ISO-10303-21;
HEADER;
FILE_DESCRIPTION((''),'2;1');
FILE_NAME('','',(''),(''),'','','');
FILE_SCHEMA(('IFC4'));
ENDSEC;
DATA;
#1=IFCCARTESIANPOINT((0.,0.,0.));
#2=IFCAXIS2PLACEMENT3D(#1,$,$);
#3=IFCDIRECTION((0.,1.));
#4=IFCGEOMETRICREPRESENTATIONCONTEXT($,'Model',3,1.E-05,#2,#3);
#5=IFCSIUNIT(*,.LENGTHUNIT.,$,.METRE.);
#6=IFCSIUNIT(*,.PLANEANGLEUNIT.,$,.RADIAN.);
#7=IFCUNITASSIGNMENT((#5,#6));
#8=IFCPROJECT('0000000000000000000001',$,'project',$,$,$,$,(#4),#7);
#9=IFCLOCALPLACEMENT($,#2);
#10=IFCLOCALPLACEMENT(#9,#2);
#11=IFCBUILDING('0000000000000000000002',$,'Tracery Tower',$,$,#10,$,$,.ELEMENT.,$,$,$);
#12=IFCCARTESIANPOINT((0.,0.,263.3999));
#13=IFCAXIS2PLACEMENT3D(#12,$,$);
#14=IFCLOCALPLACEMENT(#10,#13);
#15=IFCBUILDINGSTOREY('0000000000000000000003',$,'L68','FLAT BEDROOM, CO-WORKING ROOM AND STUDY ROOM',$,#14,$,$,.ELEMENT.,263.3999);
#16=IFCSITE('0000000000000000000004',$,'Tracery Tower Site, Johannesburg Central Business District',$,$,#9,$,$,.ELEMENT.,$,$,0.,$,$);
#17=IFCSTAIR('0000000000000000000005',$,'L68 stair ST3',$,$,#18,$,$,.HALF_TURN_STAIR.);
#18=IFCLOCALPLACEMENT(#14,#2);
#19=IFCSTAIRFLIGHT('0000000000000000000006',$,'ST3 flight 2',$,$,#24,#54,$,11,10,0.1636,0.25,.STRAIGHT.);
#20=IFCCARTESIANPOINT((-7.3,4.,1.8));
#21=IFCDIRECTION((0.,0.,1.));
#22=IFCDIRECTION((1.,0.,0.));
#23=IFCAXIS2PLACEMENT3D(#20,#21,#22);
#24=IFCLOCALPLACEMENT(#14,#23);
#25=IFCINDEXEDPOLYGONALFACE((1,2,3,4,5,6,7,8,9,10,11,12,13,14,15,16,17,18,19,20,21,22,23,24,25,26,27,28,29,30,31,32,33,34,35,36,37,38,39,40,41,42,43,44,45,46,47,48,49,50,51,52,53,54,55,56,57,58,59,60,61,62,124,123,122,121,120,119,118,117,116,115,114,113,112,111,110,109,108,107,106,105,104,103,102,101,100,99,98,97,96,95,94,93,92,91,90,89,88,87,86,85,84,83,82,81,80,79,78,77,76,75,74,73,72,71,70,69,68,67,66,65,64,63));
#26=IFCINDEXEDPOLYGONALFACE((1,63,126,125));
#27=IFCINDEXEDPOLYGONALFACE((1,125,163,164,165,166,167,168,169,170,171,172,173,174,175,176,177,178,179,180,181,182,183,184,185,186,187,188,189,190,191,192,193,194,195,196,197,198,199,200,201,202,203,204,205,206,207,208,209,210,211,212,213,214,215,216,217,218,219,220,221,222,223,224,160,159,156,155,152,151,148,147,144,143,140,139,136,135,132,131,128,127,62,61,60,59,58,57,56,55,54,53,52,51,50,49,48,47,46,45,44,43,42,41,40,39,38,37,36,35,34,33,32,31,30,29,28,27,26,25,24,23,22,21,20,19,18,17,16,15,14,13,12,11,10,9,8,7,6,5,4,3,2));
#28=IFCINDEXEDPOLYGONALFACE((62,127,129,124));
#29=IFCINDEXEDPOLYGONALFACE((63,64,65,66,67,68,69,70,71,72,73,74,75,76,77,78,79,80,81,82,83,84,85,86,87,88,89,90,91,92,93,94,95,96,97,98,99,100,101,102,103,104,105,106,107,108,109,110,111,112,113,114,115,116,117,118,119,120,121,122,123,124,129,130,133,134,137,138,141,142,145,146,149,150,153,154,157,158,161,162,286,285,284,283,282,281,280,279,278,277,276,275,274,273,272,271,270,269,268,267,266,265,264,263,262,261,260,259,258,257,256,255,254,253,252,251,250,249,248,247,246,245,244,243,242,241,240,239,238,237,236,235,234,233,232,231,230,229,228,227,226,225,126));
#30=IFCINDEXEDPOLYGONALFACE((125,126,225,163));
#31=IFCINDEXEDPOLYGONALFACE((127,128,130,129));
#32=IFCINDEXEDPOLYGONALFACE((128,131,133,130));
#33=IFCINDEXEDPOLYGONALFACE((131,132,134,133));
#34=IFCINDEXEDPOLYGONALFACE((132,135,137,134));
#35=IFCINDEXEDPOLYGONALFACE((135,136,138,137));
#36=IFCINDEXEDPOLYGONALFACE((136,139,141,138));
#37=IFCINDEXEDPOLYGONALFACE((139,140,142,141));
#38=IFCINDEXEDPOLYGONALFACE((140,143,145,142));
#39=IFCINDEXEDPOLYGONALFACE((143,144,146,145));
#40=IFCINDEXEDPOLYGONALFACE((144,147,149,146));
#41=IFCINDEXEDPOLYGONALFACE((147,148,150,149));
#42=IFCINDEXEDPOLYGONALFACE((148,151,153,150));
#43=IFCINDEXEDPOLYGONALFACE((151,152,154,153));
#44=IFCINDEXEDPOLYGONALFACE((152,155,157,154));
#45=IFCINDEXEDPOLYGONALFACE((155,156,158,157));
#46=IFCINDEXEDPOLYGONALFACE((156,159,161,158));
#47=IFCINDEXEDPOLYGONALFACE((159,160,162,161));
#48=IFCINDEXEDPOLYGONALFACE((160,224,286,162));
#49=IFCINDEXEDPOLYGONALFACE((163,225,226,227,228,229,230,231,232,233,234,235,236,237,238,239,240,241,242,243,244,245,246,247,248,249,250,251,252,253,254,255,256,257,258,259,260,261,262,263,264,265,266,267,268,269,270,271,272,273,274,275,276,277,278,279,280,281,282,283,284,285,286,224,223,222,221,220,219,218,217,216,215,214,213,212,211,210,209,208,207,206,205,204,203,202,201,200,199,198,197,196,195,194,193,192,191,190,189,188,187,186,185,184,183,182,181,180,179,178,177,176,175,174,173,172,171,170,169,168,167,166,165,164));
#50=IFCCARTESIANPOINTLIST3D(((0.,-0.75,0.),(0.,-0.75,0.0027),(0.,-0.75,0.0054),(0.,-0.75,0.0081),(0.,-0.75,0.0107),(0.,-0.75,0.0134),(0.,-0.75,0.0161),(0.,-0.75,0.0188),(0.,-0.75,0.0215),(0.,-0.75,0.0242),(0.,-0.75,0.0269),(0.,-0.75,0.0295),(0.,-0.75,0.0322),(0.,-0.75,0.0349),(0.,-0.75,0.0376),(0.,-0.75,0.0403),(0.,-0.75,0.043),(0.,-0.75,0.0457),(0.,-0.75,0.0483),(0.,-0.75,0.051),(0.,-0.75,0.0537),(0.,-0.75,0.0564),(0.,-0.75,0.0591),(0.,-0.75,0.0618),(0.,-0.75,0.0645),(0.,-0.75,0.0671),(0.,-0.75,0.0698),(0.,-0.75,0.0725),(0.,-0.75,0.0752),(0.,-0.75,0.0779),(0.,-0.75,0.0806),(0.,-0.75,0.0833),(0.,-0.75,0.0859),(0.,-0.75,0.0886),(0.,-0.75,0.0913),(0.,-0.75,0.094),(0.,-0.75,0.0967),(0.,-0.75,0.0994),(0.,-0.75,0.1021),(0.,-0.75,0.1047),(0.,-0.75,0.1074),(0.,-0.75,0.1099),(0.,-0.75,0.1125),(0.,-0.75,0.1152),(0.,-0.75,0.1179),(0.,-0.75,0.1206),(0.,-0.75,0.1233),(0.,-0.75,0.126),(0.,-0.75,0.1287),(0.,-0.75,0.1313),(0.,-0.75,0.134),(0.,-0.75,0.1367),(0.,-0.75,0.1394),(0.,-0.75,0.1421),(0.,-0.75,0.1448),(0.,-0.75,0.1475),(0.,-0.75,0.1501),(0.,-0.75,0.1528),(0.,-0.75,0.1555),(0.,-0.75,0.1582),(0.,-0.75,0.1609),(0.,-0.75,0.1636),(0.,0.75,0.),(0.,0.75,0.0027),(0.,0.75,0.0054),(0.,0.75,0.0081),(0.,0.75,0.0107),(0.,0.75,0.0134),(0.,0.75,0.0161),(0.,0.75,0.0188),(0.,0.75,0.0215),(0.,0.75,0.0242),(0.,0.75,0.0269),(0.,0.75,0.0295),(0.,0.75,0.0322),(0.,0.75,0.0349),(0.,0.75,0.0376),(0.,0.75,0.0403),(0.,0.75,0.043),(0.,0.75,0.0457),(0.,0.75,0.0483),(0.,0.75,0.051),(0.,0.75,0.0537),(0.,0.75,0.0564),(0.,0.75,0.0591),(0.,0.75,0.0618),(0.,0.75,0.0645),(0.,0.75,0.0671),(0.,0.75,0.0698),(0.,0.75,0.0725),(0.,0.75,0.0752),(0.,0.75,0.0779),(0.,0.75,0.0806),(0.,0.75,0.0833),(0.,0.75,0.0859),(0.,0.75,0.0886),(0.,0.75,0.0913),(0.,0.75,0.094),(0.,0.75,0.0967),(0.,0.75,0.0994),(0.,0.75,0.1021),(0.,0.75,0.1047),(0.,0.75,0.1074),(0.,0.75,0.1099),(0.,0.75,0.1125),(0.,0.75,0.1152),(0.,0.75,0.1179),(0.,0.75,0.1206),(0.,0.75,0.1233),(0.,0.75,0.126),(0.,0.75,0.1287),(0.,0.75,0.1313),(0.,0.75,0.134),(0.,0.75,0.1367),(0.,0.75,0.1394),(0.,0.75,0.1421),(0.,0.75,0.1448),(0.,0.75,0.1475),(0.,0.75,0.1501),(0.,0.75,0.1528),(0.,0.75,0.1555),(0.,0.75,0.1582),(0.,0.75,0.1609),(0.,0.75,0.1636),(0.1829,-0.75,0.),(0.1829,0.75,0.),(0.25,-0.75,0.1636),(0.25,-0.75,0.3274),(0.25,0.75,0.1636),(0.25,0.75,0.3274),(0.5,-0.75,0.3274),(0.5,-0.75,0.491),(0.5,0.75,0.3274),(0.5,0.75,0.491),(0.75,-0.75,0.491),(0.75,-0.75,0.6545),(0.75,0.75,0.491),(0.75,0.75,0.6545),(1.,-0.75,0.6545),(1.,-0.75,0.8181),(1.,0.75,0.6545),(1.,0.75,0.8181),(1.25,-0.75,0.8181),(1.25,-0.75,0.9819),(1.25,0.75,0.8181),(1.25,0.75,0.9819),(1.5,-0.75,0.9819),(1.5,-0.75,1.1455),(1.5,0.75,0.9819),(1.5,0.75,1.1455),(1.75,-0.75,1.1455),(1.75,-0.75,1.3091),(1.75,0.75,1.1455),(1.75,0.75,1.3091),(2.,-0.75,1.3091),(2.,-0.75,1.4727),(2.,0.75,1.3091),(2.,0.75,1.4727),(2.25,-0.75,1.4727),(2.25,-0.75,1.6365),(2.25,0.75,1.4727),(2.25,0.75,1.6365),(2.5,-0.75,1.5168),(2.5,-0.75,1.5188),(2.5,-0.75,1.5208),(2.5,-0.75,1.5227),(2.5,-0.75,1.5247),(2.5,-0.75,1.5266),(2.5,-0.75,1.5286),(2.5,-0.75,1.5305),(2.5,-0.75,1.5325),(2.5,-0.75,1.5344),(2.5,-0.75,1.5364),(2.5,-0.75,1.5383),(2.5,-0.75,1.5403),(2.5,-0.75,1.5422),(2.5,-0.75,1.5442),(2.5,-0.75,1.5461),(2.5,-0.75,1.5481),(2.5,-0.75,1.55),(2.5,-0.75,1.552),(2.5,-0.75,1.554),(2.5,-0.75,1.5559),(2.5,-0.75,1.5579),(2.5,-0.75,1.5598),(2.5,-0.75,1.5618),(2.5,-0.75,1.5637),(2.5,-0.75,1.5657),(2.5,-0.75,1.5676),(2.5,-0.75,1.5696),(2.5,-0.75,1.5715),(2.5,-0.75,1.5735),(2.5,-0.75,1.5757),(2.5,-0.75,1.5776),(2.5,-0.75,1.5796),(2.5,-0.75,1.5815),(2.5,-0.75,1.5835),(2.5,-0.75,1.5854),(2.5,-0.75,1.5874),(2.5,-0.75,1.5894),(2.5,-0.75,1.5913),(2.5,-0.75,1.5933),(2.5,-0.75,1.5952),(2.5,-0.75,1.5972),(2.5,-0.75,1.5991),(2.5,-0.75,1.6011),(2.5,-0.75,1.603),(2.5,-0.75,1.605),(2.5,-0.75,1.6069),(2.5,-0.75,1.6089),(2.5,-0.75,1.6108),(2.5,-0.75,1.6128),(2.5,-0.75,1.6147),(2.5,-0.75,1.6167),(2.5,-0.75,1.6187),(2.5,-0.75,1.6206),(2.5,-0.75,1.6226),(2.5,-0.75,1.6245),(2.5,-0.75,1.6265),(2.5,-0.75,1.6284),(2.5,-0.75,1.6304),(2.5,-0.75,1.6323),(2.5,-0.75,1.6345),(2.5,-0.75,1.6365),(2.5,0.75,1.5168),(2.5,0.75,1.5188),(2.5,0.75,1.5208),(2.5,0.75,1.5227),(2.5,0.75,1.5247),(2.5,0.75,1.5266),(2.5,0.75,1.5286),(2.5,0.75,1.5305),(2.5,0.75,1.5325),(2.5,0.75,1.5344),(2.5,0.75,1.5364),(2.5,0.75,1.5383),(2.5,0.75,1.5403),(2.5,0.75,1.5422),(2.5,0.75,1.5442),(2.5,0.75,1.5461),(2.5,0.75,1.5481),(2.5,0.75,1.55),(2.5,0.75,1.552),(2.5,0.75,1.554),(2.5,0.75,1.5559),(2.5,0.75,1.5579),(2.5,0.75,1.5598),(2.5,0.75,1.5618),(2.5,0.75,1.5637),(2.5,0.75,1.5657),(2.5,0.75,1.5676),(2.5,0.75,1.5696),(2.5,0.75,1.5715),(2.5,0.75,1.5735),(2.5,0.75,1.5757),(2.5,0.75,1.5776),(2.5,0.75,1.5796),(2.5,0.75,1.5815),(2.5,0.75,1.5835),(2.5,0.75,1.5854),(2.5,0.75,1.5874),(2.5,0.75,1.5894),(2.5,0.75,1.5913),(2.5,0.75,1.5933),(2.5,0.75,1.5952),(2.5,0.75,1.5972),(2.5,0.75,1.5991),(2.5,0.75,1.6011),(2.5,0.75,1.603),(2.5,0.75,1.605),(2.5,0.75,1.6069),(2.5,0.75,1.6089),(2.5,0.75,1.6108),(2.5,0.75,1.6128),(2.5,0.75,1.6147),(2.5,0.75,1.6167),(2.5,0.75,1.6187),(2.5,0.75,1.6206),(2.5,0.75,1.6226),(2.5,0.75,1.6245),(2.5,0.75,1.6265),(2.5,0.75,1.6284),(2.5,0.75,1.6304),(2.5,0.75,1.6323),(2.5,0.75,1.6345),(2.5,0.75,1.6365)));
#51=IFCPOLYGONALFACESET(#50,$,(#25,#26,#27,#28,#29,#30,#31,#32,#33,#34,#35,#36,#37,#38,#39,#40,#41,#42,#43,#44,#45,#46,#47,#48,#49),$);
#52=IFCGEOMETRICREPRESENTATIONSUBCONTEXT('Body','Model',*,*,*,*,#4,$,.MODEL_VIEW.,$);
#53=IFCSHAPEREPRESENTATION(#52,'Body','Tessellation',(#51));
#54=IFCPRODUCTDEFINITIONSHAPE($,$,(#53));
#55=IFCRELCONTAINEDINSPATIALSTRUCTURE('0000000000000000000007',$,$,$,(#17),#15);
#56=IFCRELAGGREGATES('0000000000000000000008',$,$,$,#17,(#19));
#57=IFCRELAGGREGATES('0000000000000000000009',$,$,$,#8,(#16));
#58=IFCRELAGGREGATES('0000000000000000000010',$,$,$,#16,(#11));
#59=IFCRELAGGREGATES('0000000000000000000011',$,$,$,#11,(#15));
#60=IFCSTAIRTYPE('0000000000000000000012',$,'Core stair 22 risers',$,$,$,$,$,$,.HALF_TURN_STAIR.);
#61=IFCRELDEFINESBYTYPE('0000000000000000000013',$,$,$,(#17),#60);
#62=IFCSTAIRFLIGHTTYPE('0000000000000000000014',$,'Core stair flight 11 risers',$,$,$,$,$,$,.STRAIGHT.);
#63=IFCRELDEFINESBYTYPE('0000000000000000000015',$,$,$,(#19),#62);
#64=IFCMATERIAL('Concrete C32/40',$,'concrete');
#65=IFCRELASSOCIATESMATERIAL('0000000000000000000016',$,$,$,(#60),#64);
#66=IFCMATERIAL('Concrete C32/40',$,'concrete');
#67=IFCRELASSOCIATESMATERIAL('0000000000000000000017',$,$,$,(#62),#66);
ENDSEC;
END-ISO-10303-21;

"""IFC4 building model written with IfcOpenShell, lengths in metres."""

from ifc_helpers import new_model, si_unit, direction, frame, origin, place, context, subcontext, project, spatial, polyline, outline, extrude, material, type_object, element, aggregate, save


model = new_model("IFC4")

# Units and contexts
model_context = context("Model", 3, precision=1e-05, world=origin(), true_north=direction((0.0, 1.0)))
body_context = subcontext(model_context, "Body", "Model", "MODEL_VIEW")
ifc_project = project(units=[si_unit("LENGTHUNIT", "METRE"), si_unit("PLANEANGLEUNIT", "RADIAN")], contexts=[model_context])

# Site, building, storey
site_placement = place(None, origin())
site = spatial("IfcSite", under=ifc_project, at=site_placement, Name="Tracery Tower Site, Johannesburg Central Business District", CompositionType="ELEMENT", RefElevation=0.0)
building_placement = place(site_placement, origin())
building = spatial("IfcBuilding", under=site, at=building_placement, Name="Tracery Tower", CompositionType="ELEMENT")
storey_placement = place(building_placement, frame((0.0, 0.0, 263.3999)))
storey = spatial("IfcBuildingStorey", under=building, at=storey_placement, Name="L68", Description="FLAT BEDROOM, CO-WORKING ROOM AND STUDY ROOM", CompositionType="ELEMENT", Elevation=263.3999)

# Stair, stair flight
ifc_material_1 = material(Name="Concrete C32/40", Category="concrete")
stair_type = type_object("IfcStairType", Name="Core stair 22 risers", PredefinedType="HALF_TURN_STAIR", material=ifc_material_1)
stair_placement = place(storey_placement, origin())
stair = element("IfcStair", 1, at=stair_placement, inside=storey, type_object=stair_type, Name="L68 stair ST3", PredefinedType="HALF_TURN_STAIR")
ifc_material_2 = material(Name="Concrete C32/40", Category="concrete")
stair_flight_type = type_object("IfcStairFlightType", Name="Core stair flight 11 risers", PredefinedType="STRAIGHT", material=ifc_material_2)
stair_flight_1_placement = place(storey_placement, frame((-7.3, 4.0, 1.8), z_axis=(0.0, 0.0, 1.0), x_axis=(1.0, 0.0, 0.0)))
stair_flight_1 = element("IfcStairFlight", 2, at=stair_flight_1_placement, type_object=stair_flight_type, Name="ST3 flight 2", NumberOfRisers=11, NumberOfTreads=10, PredefinedType="STRAIGHT", RiserHeight=0.1636, TreadLength=0.25, context=body_context, shape_type="SweptSolid", body=[
    extrude(outline(polyline([(0.0, 0.0), (0.0, 0.0027), (0.0, 0.0054), (0.0, 0.0081), (0.0, 0.0107), (0.0, 0.0134), (0.0, 0.0161), (0.0, 0.0188), (0.0, 0.0215), (0.0, 0.0242), (0.0, 0.0269), (0.0, 0.0295), (0.0, 0.0322), (0.0, 0.0349), (0.0, 0.0376), (0.0, 0.0403), (0.0, 0.043), (0.0, 0.0457), (0.0, 0.0483), (0.0, 0.051), (0.0, 0.0537), (0.0, 0.0564), (0.0, 0.0591), (0.0, 0.0618), (0.0, 0.0645), (0.0, 0.0671), (0.0, 0.0698), (0.0, 0.0725), (0.0, 0.0752), (0.0, 0.0779), (0.0, 0.0806), (0.0, 0.0833), (0.0, 0.0859), (0.0, 0.0886), (0.0, 0.0913), (0.0, 0.094), (0.0, 0.0967), (0.0, 0.0994), (0.0, 0.1021), (0.0, 0.1047), (0.0, 0.1074), (0.0, 0.1099), (0.0, 0.1125), (0.0, 0.1152), (0.0, 0.1179), (0.0, 0.1206), (0.0, 0.1233), (0.0, 0.126), (0.0, 0.1287), (0.0, 0.1313), (0.0, 0.134), (0.0, 0.1367), (0.0, 0.1394), (0.0, 0.1421), (0.0, 0.1448), (0.0, 0.1475), (0.0, 0.1501), (0.0, 0.1528), (0.0, 0.1555), (0.0, 0.1582), (0.0, 0.1609), (0.0, 0.1636), (0.25, 0.1636), (0.25, 0.3274), (0.5, 0.3274), (0.5, 0.491), (0.75, 0.491), (0.75, 0.6545), (1.0, 0.6545), (1.0, 0.8181), (1.25, 0.8181), (1.25, 0.9819), (1.5, 0.9819), (1.5, 1.1455), (1.75, 1.1455), (1.75, 1.3091), (2.0, 1.3091), (2.0, 1.4727), (2.25, 1.4727), (2.25, 1.6365), (2.5, 1.6365), (2.5, 1.6345), (2.5, 1.6323), (2.5, 1.6304), (2.5, 1.6284), (2.5, 1.6265), (2.5, 1.6245), (2.5, 1.6226), (2.5, 1.6206), (2.5, 1.6187), (2.5, 1.6167), (2.5, 1.6147), (2.5, 1.6128), (2.5, 1.6108), (2.5, 1.6089), (2.5, 1.6069), (2.5, 1.605), (2.5, 1.603), (2.5, 1.6011), (2.5, 1.5991), (2.5, 1.5972), (2.5, 1.5952), (2.5, 1.5933), (2.5, 1.5913), (2.5, 1.5894), (2.5, 1.5874), (2.5, 1.5854), (2.5, 1.5835), (2.5, 1.5815), (2.5, 1.5796), (2.5, 1.5776), (2.5, 1.5757), (2.5, 1.5735), (2.5, 1.5715), (2.5, 1.5696), (2.5, 1.5676), (2.5, 1.5657), (2.5, 1.5637), (2.5, 1.5618), (2.5, 1.5598), (2.5, 1.5579), (2.5, 1.5559), (2.5, 1.554), (2.5, 1.552), (2.5, 1.55), (2.5, 1.5481), (2.5, 1.5461), (2.5, 1.5442), (2.5, 1.5422), (2.5, 1.5403), (2.5, 1.5383), (2.5, 1.5364), (2.5, 1.5344), (2.5, 1.5325), (2.5, 1.5305), (2.5, 1.5286), (2.5, 1.5266), (2.5, 1.5247), (2.5, 1.5227), (2.5, 1.5208), (2.5, 1.5188), (2.5, 1.5168), (0.1829, 0.0), (0.0, 0.0)])), frame((0.0, 0.75, 0.0), z_axis=(0.0, -1.0, 0.0), x_axis=(1.0, 0.0, 0.0)), (0.0, 0.0, 1.0), 1.5),
])
aggregate(stair, [stair_flight_1])

save(model, "model.ifc")
